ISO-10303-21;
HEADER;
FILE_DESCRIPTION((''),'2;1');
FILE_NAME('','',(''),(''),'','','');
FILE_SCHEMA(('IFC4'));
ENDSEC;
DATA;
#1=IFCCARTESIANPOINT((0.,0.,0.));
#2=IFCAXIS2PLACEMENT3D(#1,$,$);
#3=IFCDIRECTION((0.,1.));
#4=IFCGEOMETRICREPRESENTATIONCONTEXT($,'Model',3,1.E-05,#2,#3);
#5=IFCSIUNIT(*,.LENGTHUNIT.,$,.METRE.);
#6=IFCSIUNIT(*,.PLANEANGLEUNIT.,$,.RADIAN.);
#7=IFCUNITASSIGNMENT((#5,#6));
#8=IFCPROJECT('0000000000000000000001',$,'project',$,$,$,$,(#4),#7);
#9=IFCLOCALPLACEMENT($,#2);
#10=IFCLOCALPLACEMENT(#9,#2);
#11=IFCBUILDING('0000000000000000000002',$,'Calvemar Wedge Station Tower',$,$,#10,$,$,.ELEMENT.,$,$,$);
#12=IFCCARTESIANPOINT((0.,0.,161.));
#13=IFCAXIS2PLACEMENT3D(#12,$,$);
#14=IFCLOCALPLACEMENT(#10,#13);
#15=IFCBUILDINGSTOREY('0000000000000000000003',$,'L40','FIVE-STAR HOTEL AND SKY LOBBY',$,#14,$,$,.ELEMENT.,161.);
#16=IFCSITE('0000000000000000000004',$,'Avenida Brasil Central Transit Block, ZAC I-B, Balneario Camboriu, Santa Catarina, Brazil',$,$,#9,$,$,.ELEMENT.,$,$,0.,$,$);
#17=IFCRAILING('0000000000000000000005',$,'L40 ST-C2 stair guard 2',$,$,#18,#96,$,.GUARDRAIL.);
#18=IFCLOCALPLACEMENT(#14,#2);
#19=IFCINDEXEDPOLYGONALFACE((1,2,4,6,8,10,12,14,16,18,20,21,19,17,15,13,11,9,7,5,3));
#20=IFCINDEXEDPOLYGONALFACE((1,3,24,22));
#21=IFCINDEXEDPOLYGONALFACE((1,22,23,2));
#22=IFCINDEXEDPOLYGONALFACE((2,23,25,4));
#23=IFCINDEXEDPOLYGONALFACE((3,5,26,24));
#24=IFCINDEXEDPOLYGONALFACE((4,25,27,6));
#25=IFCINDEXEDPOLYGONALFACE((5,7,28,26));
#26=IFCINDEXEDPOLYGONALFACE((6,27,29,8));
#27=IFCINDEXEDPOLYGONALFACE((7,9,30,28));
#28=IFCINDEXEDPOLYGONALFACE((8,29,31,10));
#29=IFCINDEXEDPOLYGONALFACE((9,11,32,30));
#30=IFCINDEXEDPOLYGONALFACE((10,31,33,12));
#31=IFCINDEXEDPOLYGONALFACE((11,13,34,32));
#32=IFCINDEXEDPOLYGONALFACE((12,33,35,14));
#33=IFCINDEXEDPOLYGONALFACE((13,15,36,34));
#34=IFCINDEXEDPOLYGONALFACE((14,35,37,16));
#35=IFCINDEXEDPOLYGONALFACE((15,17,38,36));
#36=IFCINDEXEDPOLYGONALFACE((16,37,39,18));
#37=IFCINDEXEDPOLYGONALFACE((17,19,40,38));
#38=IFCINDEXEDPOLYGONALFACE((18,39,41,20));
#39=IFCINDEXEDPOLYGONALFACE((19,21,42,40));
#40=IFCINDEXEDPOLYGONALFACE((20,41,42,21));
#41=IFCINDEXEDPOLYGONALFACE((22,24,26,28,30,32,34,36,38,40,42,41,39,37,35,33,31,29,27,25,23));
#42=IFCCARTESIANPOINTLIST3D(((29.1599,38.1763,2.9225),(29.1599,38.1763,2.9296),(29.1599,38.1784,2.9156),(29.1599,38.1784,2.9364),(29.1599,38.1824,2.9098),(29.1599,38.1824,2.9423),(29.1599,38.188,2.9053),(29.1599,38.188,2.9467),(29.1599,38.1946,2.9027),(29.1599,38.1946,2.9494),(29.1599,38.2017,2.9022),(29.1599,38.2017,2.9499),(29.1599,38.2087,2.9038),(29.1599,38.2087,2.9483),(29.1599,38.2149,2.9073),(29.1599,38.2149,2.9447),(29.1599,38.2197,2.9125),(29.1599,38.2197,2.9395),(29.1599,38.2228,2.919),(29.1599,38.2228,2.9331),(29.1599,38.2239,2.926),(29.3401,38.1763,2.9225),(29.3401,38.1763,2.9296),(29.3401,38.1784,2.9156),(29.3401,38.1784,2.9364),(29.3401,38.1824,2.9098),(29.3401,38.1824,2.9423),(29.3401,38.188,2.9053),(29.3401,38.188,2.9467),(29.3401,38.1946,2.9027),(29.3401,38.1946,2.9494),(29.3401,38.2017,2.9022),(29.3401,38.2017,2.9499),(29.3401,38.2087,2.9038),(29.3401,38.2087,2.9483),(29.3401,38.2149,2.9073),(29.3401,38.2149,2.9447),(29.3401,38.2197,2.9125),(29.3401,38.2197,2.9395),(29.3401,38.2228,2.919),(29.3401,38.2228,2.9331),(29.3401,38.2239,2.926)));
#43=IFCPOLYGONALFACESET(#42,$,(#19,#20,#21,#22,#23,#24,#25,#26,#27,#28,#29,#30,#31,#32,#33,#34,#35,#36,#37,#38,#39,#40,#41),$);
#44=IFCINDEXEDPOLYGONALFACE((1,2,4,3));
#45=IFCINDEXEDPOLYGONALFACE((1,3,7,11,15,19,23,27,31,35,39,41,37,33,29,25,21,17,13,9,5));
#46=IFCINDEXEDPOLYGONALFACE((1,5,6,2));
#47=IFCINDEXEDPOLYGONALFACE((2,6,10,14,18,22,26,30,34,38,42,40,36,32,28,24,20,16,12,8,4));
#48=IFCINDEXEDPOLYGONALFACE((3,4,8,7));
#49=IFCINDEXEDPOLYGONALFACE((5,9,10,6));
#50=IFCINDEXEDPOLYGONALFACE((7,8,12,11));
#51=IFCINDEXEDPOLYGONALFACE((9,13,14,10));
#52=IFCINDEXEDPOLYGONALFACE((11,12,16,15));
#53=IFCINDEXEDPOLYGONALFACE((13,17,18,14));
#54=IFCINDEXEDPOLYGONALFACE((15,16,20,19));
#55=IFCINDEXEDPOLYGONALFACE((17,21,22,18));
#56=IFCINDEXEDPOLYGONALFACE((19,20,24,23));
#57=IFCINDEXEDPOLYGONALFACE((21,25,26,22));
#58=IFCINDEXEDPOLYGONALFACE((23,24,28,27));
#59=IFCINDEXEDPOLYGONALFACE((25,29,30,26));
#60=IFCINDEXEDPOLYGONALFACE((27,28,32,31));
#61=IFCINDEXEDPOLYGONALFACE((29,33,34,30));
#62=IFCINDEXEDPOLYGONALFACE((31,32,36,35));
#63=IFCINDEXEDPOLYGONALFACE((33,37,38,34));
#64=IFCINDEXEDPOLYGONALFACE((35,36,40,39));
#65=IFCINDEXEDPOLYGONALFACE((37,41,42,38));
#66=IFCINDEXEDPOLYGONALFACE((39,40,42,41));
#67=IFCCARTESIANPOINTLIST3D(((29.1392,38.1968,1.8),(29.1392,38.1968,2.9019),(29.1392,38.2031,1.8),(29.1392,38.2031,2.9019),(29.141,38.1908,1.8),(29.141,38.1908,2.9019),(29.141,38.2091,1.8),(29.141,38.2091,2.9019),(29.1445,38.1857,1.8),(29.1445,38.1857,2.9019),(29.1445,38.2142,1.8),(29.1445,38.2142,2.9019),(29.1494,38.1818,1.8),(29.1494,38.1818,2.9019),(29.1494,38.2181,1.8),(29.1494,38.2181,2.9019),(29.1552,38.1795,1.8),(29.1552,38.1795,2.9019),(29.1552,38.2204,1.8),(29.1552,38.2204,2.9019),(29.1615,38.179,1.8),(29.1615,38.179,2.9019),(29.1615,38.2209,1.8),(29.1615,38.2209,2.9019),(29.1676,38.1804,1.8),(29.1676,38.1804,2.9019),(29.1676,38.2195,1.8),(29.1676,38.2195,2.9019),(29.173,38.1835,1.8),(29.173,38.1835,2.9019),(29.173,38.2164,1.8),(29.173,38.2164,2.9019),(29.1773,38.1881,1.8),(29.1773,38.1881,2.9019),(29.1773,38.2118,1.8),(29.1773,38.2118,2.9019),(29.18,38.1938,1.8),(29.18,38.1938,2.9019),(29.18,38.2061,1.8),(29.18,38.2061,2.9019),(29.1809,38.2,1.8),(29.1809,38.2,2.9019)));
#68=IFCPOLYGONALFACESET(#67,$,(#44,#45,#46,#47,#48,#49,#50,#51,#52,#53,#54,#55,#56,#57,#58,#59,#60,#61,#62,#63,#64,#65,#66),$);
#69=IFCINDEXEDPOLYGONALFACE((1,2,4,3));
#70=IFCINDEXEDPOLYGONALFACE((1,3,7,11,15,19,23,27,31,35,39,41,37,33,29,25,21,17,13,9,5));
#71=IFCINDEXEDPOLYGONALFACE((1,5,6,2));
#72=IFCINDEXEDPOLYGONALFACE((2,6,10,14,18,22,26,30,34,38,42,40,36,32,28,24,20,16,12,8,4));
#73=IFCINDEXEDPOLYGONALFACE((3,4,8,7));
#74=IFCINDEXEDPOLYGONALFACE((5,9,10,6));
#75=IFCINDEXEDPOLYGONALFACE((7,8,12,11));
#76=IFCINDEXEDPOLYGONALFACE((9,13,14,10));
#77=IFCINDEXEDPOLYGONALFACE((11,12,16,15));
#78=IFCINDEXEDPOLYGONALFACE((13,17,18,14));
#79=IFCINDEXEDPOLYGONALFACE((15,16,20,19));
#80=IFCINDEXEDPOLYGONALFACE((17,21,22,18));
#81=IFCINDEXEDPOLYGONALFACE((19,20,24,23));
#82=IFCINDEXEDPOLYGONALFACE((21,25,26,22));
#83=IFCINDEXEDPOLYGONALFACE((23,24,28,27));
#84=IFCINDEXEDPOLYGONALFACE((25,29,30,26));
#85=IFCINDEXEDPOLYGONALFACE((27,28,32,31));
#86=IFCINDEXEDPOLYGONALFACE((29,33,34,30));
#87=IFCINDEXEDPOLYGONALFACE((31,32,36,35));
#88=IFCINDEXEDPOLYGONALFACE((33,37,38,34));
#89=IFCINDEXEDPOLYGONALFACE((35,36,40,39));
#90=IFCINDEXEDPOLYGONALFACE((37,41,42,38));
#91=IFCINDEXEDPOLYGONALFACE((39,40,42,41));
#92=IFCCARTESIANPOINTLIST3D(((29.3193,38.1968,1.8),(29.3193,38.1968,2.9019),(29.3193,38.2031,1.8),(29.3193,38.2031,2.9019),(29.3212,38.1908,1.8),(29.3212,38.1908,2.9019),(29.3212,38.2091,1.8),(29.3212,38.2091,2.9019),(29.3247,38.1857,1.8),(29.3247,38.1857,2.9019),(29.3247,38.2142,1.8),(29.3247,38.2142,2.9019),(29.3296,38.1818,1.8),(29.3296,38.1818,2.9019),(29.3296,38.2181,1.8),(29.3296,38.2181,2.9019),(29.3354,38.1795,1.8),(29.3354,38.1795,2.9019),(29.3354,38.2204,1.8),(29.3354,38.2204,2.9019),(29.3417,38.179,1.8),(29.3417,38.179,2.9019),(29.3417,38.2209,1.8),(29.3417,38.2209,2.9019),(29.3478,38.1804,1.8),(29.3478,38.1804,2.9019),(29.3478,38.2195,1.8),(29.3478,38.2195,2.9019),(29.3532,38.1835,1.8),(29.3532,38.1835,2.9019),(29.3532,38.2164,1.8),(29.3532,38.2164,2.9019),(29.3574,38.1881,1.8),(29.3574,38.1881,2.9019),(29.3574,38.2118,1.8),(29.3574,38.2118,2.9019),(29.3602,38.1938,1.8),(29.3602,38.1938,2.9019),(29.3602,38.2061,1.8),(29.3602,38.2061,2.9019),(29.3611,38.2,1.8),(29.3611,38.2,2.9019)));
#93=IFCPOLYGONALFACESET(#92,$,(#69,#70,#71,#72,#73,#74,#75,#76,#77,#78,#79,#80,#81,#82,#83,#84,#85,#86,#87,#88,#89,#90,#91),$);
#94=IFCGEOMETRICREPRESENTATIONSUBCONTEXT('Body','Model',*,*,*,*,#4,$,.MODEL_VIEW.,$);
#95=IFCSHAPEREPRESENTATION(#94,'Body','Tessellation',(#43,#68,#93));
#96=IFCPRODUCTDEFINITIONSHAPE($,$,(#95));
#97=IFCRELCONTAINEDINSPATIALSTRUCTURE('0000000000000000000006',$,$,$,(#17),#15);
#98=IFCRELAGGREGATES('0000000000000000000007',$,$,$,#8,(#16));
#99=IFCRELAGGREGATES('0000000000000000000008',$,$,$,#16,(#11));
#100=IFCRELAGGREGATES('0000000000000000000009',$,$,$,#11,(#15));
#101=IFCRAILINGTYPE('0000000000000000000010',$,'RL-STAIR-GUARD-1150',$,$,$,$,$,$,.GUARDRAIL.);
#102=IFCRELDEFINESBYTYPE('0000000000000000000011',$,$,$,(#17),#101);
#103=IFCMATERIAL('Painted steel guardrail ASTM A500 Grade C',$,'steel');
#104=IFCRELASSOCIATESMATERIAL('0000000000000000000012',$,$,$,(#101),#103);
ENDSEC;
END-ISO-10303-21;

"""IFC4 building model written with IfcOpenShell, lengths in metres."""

from ifc_helpers import new_model, si_unit, direction, frame, origin, origin_2d, place, context, subcontext, project, spatial, circle, extrude, material, type_object, element, save


model = new_model("IFC4")

# Units and contexts
model_context = context("Model", 3, precision=1e-05, world=origin(), true_north=direction((0.0, 1.0)))
body_context = subcontext(model_context, "Body", "Model", "MODEL_VIEW")
ifc_project = project(units=[si_unit("LENGTHUNIT", "METRE"), si_unit("PLANEANGLEUNIT", "RADIAN")], contexts=[model_context])

# Site, building, storey
site_placement = place(None, origin())
site = spatial("IfcSite", under=ifc_project, at=site_placement, Name="Avenida Brasil Central Transit Block, ZAC I-B, Balneario Camboriu, Santa Catarina, Brazil", CompositionType="ELEMENT", RefElevation=0.0)
building_placement = place(site_placement, origin())
building = spatial("IfcBuilding", under=site, at=building_placement, Name="Calvemar Wedge Station Tower", CompositionType="ELEMENT")
storey_placement = place(building_placement, frame((0.0, 0.0, 161.0)))
storey = spatial("IfcBuildingStorey", under=building, at=storey_placement, Name="L40", Description="FIVE-STAR HOTEL AND SKY LOBBY", CompositionType="ELEMENT", Elevation=161.0)

# Railing
ifc_material_1 = material(Name="Painted steel guardrail ASTM A500 Grade C", Category="steel")
railing_type_1 = type_object("IfcRailingType", Name="RL-STAIR-GUARD-1150", PredefinedType="GUARDRAIL", material=ifc_material_1)
railing_1_placement = place(storey_placement, frame((29.1599, 38.2, 1.8)))
element("IfcRailing", 1, at=railing_1_placement, inside=storey, type_object=railing_type_1, Name="L40 ST-C2 stair guard 2", PredefinedType="GUARDRAIL", context=body_context, shape_type="SweptSolid", body=[
    extrude(circle(Radius=0.0239, at=origin_2d()), frame((0.0, 0.0, 1.126), z_axis=(1.0, 0.0, 0.0), x_axis=(0.0, 1.0, 0.0)), (0.0, 0.0, 1.0), 0.1802),
    extrude(circle(Radius=0.021, at=origin_2d()), origin(), (0.0, 0.0, 1.0), 1.1018),
    extrude(circle(Radius=0.021, at=origin_2d()), frame((0.1802, 0.0, 0.0)), (0.0, 0.0, 1.0), 1.1018),
])

save(model, "model.ifc")
